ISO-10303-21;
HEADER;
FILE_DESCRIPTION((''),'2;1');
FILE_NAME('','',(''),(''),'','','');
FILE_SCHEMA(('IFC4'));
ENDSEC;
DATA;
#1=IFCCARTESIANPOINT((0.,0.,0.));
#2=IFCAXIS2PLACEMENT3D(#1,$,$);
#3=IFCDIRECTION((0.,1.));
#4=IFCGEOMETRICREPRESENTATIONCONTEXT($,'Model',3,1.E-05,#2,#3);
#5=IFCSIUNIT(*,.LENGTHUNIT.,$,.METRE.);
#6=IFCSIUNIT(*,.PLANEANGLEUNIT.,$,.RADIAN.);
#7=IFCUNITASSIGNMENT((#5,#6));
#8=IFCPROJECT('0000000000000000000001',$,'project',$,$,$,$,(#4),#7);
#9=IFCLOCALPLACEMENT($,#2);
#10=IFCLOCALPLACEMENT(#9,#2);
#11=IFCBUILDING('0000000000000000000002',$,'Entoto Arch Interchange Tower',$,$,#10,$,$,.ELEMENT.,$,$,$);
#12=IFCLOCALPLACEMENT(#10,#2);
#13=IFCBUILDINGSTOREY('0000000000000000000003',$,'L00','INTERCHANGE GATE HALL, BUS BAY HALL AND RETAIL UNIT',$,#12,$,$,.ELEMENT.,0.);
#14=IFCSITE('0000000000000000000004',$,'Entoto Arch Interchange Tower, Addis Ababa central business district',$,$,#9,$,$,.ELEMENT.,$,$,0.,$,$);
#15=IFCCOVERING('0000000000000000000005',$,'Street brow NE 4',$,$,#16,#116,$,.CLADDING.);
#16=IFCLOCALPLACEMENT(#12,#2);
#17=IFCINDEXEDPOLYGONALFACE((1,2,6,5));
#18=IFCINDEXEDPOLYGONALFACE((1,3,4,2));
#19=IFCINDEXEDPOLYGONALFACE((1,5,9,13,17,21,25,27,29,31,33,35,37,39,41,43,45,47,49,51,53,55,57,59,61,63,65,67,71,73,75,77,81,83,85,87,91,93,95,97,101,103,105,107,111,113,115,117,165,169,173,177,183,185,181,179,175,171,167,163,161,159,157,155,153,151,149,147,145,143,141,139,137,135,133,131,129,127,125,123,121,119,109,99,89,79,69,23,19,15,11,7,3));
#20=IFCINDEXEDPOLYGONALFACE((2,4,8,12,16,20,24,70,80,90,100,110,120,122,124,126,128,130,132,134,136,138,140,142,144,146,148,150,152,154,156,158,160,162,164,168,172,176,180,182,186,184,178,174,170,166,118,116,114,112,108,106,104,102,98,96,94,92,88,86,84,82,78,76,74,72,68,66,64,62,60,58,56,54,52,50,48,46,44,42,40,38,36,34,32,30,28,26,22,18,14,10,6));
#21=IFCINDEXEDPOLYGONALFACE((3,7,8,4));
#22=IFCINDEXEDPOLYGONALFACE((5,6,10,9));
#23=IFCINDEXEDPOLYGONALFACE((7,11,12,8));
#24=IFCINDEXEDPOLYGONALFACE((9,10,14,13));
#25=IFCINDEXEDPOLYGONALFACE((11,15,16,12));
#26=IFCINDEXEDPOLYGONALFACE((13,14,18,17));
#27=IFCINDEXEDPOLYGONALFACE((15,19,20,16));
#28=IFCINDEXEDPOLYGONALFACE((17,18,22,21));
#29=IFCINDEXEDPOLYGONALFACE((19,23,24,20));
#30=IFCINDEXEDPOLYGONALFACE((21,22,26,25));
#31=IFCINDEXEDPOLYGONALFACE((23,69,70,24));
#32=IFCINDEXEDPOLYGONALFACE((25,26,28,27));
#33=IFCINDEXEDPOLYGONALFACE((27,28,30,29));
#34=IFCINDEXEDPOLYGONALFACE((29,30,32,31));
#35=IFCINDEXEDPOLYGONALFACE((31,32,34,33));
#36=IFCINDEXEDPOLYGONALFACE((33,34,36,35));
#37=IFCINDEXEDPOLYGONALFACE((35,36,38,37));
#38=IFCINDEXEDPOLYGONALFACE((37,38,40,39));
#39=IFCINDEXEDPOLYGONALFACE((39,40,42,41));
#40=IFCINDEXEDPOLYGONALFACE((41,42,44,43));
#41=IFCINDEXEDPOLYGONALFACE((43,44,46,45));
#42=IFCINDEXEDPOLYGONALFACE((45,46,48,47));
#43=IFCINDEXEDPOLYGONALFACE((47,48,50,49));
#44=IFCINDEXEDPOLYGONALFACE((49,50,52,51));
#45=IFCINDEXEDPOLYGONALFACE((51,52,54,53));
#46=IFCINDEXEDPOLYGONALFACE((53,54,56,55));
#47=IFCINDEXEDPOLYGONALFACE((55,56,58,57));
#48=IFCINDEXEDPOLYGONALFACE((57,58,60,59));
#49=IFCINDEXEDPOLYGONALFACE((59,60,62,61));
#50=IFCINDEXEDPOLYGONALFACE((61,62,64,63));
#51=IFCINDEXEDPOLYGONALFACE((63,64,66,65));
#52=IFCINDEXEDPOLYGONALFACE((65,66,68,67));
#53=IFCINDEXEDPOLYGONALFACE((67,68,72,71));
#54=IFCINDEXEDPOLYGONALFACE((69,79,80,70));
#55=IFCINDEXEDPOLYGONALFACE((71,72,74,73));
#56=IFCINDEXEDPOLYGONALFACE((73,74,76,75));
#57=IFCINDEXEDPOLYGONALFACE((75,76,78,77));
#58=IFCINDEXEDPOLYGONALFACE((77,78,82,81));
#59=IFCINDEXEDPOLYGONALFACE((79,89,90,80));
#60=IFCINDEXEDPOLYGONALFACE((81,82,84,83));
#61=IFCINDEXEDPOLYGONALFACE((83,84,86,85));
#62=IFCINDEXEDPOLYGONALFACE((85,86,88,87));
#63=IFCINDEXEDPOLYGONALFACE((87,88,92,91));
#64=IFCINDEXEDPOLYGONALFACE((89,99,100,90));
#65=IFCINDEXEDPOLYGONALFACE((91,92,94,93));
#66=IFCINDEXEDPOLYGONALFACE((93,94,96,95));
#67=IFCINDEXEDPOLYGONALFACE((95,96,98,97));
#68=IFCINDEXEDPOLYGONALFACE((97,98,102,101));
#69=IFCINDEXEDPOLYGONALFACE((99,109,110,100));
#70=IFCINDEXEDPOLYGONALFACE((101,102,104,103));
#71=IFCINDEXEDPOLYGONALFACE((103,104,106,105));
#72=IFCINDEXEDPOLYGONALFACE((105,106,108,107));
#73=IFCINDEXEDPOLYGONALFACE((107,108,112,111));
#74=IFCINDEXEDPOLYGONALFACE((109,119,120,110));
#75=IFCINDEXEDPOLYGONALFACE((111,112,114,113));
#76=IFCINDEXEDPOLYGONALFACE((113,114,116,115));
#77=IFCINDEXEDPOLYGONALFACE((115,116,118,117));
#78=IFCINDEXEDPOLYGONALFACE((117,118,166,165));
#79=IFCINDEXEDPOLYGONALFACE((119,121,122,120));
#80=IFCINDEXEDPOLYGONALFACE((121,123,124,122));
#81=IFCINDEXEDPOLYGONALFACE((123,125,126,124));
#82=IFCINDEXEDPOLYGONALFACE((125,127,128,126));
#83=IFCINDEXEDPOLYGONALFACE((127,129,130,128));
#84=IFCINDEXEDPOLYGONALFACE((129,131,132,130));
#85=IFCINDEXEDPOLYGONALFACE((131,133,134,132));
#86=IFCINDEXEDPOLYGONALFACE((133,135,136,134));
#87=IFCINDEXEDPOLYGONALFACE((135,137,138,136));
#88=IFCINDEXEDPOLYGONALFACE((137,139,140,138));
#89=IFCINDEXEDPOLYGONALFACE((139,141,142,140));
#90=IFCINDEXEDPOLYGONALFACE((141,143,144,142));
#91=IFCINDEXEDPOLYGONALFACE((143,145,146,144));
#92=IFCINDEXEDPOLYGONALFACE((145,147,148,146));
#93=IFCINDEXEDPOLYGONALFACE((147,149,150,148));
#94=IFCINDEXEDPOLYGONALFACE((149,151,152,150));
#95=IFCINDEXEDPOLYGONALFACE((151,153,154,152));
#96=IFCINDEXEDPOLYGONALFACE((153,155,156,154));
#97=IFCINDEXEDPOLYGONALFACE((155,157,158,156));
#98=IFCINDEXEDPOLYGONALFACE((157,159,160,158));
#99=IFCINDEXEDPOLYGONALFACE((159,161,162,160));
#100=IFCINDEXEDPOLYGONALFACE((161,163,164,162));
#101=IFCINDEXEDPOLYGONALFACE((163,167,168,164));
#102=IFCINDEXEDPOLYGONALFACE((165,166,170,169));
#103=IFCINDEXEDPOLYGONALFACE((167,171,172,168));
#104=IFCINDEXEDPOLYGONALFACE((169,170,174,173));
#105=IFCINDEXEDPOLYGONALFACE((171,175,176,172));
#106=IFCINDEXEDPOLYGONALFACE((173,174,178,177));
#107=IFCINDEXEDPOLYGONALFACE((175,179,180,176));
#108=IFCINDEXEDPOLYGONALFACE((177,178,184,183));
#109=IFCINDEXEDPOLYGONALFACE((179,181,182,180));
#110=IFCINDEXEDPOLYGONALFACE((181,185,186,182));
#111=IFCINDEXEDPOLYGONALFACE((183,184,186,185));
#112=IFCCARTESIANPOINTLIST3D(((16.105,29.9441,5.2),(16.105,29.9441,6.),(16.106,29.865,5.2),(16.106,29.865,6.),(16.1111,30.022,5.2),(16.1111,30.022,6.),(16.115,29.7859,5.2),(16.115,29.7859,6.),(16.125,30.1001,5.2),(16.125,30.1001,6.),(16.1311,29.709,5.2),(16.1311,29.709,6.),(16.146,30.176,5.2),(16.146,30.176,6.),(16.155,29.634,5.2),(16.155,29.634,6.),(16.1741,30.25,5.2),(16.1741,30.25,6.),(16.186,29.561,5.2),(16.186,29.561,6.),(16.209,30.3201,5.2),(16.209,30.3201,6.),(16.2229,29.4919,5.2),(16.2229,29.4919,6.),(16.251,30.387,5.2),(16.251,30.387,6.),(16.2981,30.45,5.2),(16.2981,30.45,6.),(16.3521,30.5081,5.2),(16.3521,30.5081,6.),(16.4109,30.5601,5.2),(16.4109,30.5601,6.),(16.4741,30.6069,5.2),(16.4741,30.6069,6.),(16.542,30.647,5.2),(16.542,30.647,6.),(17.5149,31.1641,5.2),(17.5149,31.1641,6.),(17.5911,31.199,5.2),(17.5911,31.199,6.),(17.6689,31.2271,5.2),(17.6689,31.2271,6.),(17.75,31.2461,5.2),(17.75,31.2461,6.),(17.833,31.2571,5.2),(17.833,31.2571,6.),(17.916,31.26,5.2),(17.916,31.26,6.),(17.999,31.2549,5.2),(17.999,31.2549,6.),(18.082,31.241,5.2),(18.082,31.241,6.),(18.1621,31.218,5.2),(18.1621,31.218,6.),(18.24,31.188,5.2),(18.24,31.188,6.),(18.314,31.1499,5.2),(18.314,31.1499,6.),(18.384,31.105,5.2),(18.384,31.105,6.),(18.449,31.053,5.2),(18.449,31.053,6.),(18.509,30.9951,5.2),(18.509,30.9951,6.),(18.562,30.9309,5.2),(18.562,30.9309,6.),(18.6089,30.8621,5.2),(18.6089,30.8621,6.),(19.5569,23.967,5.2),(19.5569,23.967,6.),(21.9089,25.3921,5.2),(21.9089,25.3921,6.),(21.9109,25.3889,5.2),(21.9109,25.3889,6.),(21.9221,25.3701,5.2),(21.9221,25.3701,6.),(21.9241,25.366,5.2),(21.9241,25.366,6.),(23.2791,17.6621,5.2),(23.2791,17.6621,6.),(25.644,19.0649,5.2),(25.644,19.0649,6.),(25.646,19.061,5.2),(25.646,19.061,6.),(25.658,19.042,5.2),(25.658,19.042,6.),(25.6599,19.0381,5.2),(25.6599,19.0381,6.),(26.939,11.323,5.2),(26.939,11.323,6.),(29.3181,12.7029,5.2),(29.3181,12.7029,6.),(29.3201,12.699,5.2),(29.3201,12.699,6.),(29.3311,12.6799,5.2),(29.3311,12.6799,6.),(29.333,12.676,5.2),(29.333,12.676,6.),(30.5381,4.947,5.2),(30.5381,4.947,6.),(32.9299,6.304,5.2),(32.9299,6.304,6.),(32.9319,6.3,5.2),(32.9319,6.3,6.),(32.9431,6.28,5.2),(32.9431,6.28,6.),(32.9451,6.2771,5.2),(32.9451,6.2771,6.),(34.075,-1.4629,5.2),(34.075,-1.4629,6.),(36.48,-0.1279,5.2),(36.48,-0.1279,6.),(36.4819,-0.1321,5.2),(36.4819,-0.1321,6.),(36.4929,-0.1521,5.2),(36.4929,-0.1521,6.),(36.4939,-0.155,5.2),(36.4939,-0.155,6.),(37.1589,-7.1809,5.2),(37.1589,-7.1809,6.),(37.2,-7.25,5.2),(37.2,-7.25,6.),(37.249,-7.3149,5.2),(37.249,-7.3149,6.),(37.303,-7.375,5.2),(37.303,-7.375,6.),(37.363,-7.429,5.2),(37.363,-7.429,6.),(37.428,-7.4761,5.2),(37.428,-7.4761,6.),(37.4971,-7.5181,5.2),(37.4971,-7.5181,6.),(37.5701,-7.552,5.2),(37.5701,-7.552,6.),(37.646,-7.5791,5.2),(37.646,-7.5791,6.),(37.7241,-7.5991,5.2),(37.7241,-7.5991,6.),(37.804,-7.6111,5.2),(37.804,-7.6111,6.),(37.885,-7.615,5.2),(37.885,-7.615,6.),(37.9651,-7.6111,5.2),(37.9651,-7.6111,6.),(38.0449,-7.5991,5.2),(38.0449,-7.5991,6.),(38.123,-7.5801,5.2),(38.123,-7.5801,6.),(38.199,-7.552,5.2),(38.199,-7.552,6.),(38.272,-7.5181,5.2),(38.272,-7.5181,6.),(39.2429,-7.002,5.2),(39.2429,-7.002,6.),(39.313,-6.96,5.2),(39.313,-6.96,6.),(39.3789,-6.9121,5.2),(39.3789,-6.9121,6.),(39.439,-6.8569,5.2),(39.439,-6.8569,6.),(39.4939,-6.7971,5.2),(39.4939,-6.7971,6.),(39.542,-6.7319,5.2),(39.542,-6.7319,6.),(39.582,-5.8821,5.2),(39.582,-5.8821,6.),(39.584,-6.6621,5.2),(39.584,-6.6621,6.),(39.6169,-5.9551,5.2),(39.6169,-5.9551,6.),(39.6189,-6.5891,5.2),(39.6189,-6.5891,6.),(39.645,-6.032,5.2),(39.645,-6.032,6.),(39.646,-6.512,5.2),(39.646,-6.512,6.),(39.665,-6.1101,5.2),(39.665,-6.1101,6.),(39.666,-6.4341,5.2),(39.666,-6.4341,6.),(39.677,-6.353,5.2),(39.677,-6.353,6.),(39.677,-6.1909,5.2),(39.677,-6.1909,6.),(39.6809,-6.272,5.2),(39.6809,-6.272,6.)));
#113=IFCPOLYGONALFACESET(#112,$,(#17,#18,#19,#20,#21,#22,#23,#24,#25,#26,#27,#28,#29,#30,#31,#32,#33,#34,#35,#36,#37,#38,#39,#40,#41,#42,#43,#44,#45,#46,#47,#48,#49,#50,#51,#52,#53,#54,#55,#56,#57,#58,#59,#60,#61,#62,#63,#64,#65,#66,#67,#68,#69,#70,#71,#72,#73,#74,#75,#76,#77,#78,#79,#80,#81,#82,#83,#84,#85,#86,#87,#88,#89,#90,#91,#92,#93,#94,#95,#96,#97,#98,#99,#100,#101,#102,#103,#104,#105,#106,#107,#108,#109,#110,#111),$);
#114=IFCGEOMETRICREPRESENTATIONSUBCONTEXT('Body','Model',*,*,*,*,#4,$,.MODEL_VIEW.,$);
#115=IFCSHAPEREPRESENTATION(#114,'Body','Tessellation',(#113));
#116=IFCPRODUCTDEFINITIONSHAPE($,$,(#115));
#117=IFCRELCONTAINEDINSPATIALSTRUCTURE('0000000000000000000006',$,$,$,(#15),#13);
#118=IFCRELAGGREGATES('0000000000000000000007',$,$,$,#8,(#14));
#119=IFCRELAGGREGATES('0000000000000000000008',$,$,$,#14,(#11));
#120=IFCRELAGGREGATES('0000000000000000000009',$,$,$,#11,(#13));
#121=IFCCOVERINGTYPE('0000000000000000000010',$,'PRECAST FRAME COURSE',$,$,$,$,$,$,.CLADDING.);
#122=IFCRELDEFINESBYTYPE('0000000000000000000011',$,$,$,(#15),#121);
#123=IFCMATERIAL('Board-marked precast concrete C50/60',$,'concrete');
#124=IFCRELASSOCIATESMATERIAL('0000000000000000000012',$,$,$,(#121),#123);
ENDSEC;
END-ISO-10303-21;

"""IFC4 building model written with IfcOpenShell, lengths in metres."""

from ifc_helpers import new_model, si_unit, direction, frame, origin, place, context, subcontext, project, spatial, polyline, outline, extrude, material, type_object, element, save


model = new_model("IFC4")

# Units and contexts
model_context = context("Model", 3, precision=1e-05, world=origin(), true_north=direction((0.0, 1.0)))
body_context = subcontext(model_context, "Body", "Model", "MODEL_VIEW")
ifc_project = project(units=[si_unit("LENGTHUNIT", "METRE"), si_unit("PLANEANGLEUNIT", "RADIAN")], contexts=[model_context])

# Site, building, storey
site_placement = place(None, origin())
site = spatial("IfcSite", under=ifc_project, at=site_placement, Name="Entoto Arch Interchange Tower, Addis Ababa central business district", CompositionType="ELEMENT", RefElevation=0.0)
building_placement = place(site_placement, origin())
building = spatial("IfcBuilding", under=site, at=building_placement, Name="Entoto Arch Interchange Tower", CompositionType="ELEMENT")
storey_placement = place(building_placement, origin())
storey = spatial("IfcBuildingStorey", under=building, at=storey_placement, Name="L00", Description="INTERCHANGE GATE HALL, BUS BAY HALL AND RETAIL UNIT", CompositionType="ELEMENT", Elevation=0.0)

# Covering
ifc_material_1 = material(Name="Board-marked precast concrete C50/60", Category="concrete")
covering_type = type_object("IfcCoveringType", Name="PRECAST FRAME COURSE", PredefinedType="CLADDING", material=ifc_material_1)
covering_1_placement = place(storey_placement, frame((0.0, 0.0, 5.2)))
element("IfcCovering", 1, at=covering_1_placement, inside=storey, type_object=covering_type, Name="Street brow NE 4", PredefinedType="CLADDING", context=body_context, shape_type="SweptSolid", body=[
    extrude(outline(polyline([(21.9089, 25.3921), (21.9109, 25.3889), (21.9221, 25.3701), (21.9241, 25.366), (25.644, 19.0649), (25.646, 19.061), (25.658, 19.042), (25.6599, 19.0381), (29.3181, 12.7029), (29.3201, 12.699), (29.3311, 12.6799), (29.333, 12.676), (32.9299, 6.304), (32.9319, 6.3), (32.9431, 6.28), (32.9451, 6.2771), (36.48, -0.1279), (36.4819, -0.1321), (36.4929, -0.1521), (36.4939, -0.155), (39.582, -5.8821), (39.6169, -5.9551), (39.645, -6.032), (39.665, -6.1101), (39.677, -6.1909), (39.6809, -6.272), (39.677, -6.353), (39.666, -6.4341), (39.646, -6.512), (39.6189, -6.5891), (39.584, -6.6621), (39.542, -6.7319), (39.4939, -6.7971), (39.439, -6.8569), (39.3789, -6.9121), (39.313, -6.96), (39.2429, -7.002), (38.272, -7.5181), (38.199, -7.552), (38.123, -7.5801), (38.0449, -7.5991), (37.9651, -7.6111), (37.885, -7.615), (37.804, -7.6111), (37.7241, -7.5991), (37.646, -7.5791), (37.5701, -7.552), (37.4971, -7.5181), (37.428, -7.4761), (37.363, -7.429), (37.303, -7.375), (37.249, -7.3149), (37.2, -7.25), (37.1589, -7.1809), (34.075, -1.4629), (30.5381, 4.947), (26.939, 11.323), (23.2791, 17.6621), (19.5569, 23.967), (16.2229, 29.4919), (16.186, 29.561), (16.155, 29.634), (16.1311, 29.709), (16.115, 29.7859), (16.106, 29.865), (16.105, 29.9441), (16.1111, 30.022), (16.125, 30.1001), (16.146, 30.176), (16.1741, 30.25), (16.209, 30.3201), (16.251, 30.387), (16.2981, 30.45), (16.3521, 30.5081), (16.4109, 30.5601), (16.4741, 30.6069), (16.542, 30.647), (17.5149, 31.1641), (17.5911, 31.199), (17.6689, 31.2271), (17.75, 31.2461), (17.833, 31.2571), (17.916, 31.26), (17.999, 31.2549), (18.082, 31.241), (18.1621, 31.218), (18.24, 31.188), (18.314, 31.1499), (18.384, 31.105), (18.449, 31.053), (18.509, 30.9951), (18.562, 30.9309), (18.6089, 30.8621), (21.9089, 25.3921)])), origin(), (0.0, 0.0, 1.0), 0.8),
])

save(model, "model.ifc")
